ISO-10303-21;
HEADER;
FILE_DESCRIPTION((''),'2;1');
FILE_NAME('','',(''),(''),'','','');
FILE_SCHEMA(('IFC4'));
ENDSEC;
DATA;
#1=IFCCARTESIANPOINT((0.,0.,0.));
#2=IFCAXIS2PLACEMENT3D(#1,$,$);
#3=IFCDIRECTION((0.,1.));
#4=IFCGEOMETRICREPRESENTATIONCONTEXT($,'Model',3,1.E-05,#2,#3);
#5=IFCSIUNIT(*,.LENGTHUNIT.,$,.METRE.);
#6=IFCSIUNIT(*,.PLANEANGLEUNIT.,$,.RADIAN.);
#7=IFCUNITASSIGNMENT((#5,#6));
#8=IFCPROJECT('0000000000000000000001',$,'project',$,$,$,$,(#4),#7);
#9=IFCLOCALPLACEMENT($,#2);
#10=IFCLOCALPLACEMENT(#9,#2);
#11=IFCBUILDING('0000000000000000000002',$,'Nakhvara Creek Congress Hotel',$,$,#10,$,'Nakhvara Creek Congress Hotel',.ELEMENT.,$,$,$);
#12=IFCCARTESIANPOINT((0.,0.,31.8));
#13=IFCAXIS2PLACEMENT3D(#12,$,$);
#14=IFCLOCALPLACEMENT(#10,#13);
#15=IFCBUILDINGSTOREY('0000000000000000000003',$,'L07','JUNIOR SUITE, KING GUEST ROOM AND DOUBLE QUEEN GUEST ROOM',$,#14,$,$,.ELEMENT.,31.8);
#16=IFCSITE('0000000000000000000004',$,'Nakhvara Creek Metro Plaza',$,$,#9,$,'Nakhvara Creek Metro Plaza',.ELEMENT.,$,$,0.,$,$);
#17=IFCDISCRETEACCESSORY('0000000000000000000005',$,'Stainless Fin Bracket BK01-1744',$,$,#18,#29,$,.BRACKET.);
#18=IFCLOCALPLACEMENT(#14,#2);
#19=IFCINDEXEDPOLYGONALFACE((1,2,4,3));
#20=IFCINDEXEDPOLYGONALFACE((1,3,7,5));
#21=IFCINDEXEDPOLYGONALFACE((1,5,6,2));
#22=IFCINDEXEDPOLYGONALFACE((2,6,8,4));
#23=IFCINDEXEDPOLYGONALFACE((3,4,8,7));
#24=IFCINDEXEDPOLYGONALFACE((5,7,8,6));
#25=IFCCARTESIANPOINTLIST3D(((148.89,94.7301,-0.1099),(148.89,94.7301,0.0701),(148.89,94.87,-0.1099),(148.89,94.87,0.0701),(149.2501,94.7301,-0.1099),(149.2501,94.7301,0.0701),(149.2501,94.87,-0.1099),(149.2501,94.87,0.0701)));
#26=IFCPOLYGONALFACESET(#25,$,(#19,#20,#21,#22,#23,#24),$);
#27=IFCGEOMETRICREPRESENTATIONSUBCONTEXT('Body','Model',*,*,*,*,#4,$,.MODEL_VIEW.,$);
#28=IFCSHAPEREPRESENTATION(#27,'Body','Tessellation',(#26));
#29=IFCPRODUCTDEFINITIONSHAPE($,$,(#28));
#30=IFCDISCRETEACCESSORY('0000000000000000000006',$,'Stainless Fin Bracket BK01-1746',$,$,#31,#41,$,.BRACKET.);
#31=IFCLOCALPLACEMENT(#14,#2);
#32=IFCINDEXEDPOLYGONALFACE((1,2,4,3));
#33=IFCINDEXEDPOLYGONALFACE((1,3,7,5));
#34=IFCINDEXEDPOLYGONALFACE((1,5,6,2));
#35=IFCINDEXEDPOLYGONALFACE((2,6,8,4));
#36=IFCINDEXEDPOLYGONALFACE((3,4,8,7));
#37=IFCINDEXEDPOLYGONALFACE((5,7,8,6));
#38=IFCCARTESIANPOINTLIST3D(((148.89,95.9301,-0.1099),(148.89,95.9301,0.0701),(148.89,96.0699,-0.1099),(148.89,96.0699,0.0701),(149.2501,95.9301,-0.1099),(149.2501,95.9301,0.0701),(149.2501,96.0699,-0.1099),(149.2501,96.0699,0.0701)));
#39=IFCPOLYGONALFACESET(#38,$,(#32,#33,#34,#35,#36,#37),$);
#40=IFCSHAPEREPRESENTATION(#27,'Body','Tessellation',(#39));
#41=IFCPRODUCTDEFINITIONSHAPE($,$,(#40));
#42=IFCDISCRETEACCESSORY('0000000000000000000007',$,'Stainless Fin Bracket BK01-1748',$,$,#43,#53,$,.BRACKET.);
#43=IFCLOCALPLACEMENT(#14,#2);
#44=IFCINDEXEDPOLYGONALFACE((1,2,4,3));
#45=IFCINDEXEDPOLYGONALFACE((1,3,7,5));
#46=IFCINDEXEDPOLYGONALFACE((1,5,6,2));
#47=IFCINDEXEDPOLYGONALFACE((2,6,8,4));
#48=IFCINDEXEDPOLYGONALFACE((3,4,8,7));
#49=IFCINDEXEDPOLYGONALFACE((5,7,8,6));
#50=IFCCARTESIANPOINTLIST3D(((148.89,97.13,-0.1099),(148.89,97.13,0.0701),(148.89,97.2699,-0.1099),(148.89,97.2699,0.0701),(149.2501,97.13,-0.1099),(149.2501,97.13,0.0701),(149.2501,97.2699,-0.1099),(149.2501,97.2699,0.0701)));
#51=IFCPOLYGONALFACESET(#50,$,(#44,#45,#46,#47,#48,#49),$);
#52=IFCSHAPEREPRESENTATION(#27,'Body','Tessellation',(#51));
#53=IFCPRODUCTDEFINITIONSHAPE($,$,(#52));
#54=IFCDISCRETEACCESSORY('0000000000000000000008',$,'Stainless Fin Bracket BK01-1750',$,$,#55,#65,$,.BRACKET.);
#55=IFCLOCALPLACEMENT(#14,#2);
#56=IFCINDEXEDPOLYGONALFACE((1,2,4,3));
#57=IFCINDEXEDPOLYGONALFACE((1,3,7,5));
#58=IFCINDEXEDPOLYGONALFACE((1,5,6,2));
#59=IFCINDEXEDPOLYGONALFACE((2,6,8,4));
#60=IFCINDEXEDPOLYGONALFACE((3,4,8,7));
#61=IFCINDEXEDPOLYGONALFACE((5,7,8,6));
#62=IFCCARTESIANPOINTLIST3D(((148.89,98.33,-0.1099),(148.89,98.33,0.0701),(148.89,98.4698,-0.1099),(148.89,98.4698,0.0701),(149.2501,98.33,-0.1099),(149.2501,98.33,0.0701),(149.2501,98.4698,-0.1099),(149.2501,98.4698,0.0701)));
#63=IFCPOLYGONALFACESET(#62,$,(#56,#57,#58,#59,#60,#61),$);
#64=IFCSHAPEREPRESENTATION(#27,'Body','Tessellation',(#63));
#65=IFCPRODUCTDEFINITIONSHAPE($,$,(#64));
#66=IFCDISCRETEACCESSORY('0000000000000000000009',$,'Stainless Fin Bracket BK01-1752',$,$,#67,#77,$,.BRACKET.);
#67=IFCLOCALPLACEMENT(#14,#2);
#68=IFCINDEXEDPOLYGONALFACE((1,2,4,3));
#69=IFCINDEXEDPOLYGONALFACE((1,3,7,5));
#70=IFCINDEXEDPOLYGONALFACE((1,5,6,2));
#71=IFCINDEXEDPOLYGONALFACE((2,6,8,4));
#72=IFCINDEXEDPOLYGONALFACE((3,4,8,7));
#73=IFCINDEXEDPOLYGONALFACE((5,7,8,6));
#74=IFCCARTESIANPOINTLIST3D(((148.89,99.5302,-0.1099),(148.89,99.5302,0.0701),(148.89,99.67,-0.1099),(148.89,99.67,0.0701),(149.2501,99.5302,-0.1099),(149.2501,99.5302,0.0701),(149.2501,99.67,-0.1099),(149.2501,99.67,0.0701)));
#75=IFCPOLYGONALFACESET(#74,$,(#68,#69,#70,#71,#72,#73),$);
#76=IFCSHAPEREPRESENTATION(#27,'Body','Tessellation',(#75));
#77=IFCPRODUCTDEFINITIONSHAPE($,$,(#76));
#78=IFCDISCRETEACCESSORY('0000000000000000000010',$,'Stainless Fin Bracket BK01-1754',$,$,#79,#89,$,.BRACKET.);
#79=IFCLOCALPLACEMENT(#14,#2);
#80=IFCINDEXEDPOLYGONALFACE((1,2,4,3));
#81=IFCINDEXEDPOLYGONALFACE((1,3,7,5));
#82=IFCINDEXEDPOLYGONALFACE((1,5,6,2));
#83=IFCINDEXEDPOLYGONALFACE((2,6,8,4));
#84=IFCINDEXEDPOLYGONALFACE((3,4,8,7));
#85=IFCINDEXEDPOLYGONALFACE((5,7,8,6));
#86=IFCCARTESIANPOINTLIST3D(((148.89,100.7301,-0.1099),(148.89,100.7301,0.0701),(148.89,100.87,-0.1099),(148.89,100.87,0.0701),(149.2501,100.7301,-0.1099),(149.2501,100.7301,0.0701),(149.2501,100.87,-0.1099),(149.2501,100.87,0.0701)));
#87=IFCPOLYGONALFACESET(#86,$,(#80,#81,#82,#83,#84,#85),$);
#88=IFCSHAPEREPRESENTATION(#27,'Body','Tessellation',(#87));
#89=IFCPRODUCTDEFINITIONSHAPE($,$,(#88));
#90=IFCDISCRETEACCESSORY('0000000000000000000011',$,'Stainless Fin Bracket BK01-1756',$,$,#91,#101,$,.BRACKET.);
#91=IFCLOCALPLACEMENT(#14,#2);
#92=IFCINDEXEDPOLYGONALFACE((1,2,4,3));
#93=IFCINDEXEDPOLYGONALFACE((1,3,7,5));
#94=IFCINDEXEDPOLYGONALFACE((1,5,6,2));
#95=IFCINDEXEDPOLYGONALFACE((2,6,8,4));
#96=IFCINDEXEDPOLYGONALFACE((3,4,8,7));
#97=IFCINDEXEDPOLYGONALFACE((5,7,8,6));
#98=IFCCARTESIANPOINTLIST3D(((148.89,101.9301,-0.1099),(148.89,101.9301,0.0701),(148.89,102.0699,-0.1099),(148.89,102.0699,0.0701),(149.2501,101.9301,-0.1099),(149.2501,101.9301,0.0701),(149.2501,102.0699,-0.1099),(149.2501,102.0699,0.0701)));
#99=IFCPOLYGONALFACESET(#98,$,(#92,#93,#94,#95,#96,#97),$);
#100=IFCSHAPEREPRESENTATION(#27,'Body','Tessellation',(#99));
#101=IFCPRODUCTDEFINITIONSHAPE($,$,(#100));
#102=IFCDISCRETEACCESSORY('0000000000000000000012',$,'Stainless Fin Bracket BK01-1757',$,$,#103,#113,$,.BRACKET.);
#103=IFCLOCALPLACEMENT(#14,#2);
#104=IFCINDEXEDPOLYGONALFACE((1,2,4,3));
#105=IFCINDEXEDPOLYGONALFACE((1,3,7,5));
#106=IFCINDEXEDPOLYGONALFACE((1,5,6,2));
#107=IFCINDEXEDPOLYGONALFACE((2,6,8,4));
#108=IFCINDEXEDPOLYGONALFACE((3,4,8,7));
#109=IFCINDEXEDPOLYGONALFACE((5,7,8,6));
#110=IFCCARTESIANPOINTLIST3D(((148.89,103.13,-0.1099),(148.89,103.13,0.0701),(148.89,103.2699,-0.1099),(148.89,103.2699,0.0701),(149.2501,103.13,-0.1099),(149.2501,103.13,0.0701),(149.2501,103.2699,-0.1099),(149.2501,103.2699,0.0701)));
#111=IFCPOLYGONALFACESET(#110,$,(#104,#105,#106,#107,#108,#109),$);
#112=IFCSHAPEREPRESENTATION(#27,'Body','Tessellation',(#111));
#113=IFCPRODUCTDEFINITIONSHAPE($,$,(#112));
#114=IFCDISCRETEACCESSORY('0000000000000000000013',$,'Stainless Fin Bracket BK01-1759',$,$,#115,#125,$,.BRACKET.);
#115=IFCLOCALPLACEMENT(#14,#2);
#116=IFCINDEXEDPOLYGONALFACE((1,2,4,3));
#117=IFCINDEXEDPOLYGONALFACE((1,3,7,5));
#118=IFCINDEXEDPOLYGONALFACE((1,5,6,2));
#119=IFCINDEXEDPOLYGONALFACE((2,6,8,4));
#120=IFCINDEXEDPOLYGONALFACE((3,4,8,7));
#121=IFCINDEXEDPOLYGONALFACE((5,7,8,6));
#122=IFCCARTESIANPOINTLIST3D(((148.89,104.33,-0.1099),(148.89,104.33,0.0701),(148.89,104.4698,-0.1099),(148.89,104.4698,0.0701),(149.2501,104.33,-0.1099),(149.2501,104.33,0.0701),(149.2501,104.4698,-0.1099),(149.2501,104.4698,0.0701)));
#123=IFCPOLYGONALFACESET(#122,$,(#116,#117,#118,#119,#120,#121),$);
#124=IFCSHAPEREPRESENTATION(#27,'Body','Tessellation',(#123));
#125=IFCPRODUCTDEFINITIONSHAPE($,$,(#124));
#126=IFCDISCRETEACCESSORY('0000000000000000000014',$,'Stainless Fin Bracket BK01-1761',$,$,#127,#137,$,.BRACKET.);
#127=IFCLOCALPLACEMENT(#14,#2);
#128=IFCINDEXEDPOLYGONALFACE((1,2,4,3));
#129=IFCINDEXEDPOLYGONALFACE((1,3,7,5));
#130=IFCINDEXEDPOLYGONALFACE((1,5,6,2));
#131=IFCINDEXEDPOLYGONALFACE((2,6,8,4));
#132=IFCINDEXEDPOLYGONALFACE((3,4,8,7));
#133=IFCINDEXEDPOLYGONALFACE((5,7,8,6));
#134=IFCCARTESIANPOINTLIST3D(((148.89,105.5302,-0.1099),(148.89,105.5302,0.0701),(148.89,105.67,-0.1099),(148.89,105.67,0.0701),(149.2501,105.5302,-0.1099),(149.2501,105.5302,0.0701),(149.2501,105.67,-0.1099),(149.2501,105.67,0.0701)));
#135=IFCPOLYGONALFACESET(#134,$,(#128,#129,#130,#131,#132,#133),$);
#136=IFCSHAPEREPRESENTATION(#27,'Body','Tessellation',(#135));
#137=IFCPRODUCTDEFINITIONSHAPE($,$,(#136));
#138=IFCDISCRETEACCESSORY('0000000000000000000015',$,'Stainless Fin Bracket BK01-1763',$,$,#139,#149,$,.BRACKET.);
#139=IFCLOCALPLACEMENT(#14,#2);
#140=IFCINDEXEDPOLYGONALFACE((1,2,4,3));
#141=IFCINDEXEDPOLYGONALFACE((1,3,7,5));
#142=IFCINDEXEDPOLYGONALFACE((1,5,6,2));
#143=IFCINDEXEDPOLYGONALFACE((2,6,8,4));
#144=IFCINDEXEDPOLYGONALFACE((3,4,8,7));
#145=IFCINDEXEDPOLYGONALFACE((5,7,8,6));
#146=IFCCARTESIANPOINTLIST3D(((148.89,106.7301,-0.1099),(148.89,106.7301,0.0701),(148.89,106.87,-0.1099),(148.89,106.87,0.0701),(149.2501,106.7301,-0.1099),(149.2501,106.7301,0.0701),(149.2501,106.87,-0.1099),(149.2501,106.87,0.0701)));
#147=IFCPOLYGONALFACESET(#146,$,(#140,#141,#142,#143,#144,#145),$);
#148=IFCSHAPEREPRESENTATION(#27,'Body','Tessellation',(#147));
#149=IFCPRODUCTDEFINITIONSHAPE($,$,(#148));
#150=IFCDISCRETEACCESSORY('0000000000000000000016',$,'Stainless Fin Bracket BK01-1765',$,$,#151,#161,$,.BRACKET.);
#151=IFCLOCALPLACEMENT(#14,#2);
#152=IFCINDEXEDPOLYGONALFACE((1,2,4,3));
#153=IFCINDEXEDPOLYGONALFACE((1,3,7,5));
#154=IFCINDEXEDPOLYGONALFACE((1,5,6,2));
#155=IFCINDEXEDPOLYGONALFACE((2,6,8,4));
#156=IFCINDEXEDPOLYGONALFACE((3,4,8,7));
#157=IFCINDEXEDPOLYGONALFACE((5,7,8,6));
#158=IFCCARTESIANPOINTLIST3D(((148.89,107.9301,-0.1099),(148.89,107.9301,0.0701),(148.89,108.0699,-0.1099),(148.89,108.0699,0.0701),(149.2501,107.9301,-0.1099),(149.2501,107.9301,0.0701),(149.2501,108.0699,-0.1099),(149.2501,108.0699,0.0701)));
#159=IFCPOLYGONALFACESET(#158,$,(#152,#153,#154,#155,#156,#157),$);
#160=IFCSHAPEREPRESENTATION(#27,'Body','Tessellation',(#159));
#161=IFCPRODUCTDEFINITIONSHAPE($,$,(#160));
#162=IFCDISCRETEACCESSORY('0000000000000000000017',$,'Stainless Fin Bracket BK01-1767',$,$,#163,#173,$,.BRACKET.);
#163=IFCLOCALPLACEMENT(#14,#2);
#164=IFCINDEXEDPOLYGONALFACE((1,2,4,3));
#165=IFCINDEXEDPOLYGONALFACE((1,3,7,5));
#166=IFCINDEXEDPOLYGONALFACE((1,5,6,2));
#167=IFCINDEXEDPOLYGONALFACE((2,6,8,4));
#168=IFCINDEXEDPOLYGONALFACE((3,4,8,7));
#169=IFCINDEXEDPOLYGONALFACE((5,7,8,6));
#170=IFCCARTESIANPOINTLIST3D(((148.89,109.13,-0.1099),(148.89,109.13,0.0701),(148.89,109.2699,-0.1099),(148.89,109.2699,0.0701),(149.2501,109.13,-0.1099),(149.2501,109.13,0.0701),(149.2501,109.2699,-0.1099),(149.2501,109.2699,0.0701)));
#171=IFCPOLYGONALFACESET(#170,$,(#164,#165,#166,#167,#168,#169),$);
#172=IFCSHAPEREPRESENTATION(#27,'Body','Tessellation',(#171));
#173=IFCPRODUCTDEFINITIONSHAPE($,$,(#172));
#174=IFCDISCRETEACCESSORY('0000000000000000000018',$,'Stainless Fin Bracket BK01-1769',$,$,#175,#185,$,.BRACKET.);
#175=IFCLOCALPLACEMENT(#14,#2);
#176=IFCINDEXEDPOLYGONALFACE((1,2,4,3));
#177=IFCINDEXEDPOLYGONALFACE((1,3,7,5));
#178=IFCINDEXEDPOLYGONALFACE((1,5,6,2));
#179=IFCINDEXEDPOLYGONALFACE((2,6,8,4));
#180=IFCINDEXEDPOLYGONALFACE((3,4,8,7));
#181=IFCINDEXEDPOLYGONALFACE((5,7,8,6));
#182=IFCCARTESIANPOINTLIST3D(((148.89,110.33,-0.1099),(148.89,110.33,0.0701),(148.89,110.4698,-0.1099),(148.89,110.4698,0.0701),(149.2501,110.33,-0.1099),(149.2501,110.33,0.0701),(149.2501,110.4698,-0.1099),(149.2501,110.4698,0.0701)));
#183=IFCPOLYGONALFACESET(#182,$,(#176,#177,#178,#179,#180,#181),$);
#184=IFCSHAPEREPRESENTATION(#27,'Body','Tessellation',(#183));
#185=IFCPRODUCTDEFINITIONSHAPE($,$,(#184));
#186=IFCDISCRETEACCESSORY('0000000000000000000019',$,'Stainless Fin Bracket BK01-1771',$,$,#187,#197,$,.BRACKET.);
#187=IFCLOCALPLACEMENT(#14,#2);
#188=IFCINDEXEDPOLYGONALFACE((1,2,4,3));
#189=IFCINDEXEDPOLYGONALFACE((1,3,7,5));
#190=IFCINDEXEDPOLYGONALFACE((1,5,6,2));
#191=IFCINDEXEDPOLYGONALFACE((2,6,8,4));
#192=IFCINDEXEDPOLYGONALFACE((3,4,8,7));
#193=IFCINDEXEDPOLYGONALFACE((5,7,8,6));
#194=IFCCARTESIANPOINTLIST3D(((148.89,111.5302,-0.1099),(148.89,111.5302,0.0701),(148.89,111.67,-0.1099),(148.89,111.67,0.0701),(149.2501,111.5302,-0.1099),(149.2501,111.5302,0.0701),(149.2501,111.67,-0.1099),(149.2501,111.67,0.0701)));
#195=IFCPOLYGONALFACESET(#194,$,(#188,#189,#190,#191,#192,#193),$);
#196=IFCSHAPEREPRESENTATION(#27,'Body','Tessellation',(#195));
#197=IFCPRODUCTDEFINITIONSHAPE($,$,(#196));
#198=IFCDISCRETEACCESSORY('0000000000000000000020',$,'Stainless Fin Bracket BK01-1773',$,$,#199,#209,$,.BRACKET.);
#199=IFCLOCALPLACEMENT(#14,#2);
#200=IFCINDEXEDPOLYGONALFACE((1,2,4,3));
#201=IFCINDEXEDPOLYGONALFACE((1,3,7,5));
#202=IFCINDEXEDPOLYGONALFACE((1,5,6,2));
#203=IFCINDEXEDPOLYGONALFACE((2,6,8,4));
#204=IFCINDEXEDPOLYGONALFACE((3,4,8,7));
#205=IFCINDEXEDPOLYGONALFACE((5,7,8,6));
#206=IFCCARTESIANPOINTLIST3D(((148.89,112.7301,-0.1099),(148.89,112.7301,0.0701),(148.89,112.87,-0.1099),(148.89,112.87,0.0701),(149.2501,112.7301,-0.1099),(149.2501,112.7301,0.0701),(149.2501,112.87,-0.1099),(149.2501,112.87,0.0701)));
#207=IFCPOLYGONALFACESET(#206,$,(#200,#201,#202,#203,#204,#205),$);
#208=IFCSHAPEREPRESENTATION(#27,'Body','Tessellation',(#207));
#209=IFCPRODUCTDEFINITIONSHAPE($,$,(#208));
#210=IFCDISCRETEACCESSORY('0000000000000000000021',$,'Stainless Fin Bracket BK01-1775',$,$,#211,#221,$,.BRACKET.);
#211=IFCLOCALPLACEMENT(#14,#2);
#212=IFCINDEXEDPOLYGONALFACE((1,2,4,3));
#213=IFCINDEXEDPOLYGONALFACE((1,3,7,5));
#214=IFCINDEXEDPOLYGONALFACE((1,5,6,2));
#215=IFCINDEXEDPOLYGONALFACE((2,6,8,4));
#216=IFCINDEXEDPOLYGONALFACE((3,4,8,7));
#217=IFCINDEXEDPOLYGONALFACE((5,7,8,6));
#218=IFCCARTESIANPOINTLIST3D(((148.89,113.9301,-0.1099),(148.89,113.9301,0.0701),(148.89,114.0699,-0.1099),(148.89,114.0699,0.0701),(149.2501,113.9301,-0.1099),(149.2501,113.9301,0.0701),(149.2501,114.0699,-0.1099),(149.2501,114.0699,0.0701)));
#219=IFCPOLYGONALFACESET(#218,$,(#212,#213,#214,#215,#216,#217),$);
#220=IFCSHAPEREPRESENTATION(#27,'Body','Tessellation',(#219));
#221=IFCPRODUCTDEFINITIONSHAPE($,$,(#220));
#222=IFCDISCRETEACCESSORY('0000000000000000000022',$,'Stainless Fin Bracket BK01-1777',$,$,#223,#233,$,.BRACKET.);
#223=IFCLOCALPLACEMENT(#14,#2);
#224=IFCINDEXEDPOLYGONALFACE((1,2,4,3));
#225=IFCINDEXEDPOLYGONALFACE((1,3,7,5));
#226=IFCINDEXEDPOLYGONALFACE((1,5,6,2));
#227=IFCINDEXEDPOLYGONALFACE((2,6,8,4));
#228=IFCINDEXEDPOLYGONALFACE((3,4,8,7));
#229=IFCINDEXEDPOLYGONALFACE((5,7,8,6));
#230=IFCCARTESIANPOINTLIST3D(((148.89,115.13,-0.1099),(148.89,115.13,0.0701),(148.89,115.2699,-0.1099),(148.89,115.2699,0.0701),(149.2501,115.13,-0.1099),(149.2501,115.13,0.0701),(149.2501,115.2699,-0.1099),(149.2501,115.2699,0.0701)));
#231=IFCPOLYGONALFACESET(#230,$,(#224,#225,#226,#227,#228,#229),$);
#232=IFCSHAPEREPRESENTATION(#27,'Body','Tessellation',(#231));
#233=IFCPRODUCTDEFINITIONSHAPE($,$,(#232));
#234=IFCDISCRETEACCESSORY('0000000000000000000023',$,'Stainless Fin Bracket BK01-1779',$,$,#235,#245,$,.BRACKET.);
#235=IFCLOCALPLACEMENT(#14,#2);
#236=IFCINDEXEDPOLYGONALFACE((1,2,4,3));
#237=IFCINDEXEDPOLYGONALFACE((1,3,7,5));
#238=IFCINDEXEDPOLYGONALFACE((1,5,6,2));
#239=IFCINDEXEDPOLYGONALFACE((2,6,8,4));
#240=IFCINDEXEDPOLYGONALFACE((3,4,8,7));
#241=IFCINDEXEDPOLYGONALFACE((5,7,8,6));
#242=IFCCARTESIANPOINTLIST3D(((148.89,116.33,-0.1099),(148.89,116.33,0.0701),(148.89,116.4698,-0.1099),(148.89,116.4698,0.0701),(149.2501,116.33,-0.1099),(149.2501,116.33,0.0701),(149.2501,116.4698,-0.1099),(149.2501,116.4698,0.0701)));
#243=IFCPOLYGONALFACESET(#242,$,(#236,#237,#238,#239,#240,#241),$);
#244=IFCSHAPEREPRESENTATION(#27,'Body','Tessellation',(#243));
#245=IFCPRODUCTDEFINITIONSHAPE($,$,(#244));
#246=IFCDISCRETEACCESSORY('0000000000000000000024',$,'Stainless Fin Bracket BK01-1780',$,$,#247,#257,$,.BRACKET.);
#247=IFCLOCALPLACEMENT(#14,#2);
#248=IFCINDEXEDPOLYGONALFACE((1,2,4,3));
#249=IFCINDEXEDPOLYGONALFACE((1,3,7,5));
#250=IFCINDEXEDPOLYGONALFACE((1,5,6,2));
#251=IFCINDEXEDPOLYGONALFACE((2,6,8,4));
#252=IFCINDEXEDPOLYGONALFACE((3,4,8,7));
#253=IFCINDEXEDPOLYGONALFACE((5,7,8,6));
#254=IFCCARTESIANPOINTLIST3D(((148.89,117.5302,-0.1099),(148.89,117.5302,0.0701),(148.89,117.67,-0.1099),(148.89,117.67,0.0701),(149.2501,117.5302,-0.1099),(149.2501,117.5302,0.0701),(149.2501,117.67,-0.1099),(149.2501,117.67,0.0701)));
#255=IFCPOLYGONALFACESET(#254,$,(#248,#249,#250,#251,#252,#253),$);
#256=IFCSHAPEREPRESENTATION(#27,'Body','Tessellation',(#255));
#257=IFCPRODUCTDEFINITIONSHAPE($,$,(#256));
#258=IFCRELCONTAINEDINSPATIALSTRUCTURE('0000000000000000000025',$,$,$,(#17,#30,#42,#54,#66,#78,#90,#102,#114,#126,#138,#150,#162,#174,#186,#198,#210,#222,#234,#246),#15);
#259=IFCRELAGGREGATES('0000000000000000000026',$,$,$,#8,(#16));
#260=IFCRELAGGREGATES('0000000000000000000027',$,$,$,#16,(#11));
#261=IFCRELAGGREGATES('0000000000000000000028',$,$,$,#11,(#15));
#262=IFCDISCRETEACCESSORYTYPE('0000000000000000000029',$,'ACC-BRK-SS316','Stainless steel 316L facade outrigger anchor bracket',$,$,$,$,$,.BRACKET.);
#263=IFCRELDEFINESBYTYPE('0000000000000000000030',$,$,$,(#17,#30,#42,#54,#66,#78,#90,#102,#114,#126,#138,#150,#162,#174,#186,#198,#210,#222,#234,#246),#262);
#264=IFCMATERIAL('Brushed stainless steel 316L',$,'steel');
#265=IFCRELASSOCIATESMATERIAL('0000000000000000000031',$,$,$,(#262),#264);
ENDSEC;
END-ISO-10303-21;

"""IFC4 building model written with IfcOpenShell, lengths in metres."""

from ifc_helpers import new_model, si_unit, direction, frame, origin, origin_2d, place, context, subcontext, project, spatial, rectangle, extrude, material, type_object, element, save


model = new_model("IFC4")

# Units and contexts
model_context = context("Model", 3, precision=1e-05, world=origin(), true_north=direction((0.0, 1.0)))
body_context = subcontext(model_context, "Body", "Model", "MODEL_VIEW")
ifc_project = project(units=[si_unit("LENGTHUNIT", "METRE"), si_unit("PLANEANGLEUNIT", "RADIAN")], contexts=[model_context])

# Site, building, storey
site_placement = place(None, origin())
site = spatial("IfcSite", under=ifc_project, at=site_placement, Name="Nakhvara Creek Metro Plaza", LongName="Nakhvara Creek Metro Plaza", CompositionType="ELEMENT", RefElevation=0.0)
building_placement = place(site_placement, origin())
building = spatial("IfcBuilding", under=site, at=building_placement, Name="Nakhvara Creek Congress Hotel", LongName="Nakhvara Creek Congress Hotel", CompositionType="ELEMENT")
storey_placement = place(building_placement, frame((0.0, 0.0, 31.8)))
storey = spatial("IfcBuildingStorey", under=building, at=storey_placement, Name="L07", Description="JUNIOR SUITE, KING GUEST ROOM AND DOUBLE QUEEN GUEST ROOM", CompositionType="ELEMENT", Elevation=31.8)

# Discrete accessories
ifc_material_1 = material(Name="Brushed stainless steel 316L", Category="steel")
discrete_accessory_type = type_object("IfcDiscreteAccessoryType", Name="ACC-BRK-SS316", Description="Stainless steel 316L facade outrigger anchor bracket", PredefinedType="BRACKET", material=ifc_material_1)
for number, where, z_axis, x_axis, name in (
    (1, (149.0701, 94.8, -0.1099), (0.0, 0.0, 1.0), (0.0, 1.0, 0.0), "Stainless Fin Bracket BK01-1744"),
    (2, (149.0701, 96.0, -0.1099), (0.0, 0.0, 1.0), (0.0, 1.0, 0.0), "Stainless Fin Bracket BK01-1746"),
    (3, (149.0701, 97.2, -0.1099), (0.0, 0.0, 1.0), (0.0, 1.0, 0.0), "Stainless Fin Bracket BK01-1748"),
    (4, (149.0701, 98.3999, -0.1099), (0.0, 0.0, 1.0), (0.0, 1.0, 0.0), "Stainless Fin Bracket BK01-1750"),
    (5, (149.0701, 99.6001, -0.1099), (0.0, 0.0, 1.0), (0.0, 1.0, 0.0), "Stainless Fin Bracket BK01-1752"),
    (6, (149.0701, 100.8, -0.1099), (0.0, 0.0, 1.0), (0.0, 1.0, 0.0), "Stainless Fin Bracket BK01-1754"),
    (7, (149.0701, 102.0, -0.1099), (0.0, 0.0, 1.0), (0.0, 1.0, 0.0), "Stainless Fin Bracket BK01-1756"),
    (8, (149.0701, 103.2, -0.1099), (0.0, 0.0, 1.0), (0.0, 1.0, 0.0), "Stainless Fin Bracket BK01-1757"),
    (9, (149.0701, 104.3999, -0.1099), (0.0, 0.0, 1.0), (0.0, 1.0, 0.0), "Stainless Fin Bracket BK01-1759"),
    (10, (149.0701, 105.6001, -0.1099), (0.0, 0.0, 1.0), (0.0, 1.0, 0.0), "Stainless Fin Bracket BK01-1761"),
    (11, (149.0701, 106.8, -0.1099), (0.0, 0.0, 1.0), (0.0, 1.0, 0.0), "Stainless Fin Bracket BK01-1763"),
    (12, (149.0701, 108.0, -0.1099), (0.0, 0.0, 1.0), (0.0, 1.0, 0.0), "Stainless Fin Bracket BK01-1765"),
    (13, (149.0701, 109.2, -0.1099), (0.0, 0.0, 1.0), (0.0, 1.0, 0.0), "Stainless Fin Bracket BK01-1767"),
    (14, (149.0701, 110.3999, -0.1099), (0.0, 0.0, 1.0), (0.0, 1.0, 0.0), "Stainless Fin Bracket BK01-1769"),
    (15, (149.0701, 111.6001, -0.1099), (0.0, 0.0, 1.0), (0.0, 1.0, 0.0), "Stainless Fin Bracket BK01-1771"),
    (16, (149.0701, 112.8, -0.1099), (0.0, 0.0, 1.0), (0.0, 1.0, 0.0), "Stainless Fin Bracket BK01-1773"),
    (17, (149.0701, 114.0, -0.1099), (0.0, 0.0, 1.0), (0.0, 1.0, 0.0), "Stainless Fin Bracket BK01-1775"),
    (18, (149.0701, 115.2, -0.1099), (0.0, 0.0, 1.0), (0.0, 1.0, 0.0), "Stainless Fin Bracket BK01-1777"),
    (19, (149.0701, 116.3999, -0.1099), (0.0, 0.0, 1.0), (0.0, 1.0, 0.0), "Stainless Fin Bracket BK01-1779"),
    (20, (149.0701, 117.6001, -0.1099), (0.0, 0.0, 1.0), (0.0, 1.0, 0.0), "Stainless Fin Bracket BK01-1780"),
):
    element("IfcDiscreteAccessory", number, at=place(storey_placement, frame(where, z_axis=z_axis, x_axis=x_axis)), inside=storey, type_object=discrete_accessory_type, Name=name, PredefinedType="BRACKET", context=body_context, shape_type="SweptSolid", body=[
        extrude(rectangle(XDim=0.1399, YDim=0.3601, at=origin_2d()), origin(), (0.0, 0.0, 1.0), 0.1799),
    ])

save(model, "model.ifc")
